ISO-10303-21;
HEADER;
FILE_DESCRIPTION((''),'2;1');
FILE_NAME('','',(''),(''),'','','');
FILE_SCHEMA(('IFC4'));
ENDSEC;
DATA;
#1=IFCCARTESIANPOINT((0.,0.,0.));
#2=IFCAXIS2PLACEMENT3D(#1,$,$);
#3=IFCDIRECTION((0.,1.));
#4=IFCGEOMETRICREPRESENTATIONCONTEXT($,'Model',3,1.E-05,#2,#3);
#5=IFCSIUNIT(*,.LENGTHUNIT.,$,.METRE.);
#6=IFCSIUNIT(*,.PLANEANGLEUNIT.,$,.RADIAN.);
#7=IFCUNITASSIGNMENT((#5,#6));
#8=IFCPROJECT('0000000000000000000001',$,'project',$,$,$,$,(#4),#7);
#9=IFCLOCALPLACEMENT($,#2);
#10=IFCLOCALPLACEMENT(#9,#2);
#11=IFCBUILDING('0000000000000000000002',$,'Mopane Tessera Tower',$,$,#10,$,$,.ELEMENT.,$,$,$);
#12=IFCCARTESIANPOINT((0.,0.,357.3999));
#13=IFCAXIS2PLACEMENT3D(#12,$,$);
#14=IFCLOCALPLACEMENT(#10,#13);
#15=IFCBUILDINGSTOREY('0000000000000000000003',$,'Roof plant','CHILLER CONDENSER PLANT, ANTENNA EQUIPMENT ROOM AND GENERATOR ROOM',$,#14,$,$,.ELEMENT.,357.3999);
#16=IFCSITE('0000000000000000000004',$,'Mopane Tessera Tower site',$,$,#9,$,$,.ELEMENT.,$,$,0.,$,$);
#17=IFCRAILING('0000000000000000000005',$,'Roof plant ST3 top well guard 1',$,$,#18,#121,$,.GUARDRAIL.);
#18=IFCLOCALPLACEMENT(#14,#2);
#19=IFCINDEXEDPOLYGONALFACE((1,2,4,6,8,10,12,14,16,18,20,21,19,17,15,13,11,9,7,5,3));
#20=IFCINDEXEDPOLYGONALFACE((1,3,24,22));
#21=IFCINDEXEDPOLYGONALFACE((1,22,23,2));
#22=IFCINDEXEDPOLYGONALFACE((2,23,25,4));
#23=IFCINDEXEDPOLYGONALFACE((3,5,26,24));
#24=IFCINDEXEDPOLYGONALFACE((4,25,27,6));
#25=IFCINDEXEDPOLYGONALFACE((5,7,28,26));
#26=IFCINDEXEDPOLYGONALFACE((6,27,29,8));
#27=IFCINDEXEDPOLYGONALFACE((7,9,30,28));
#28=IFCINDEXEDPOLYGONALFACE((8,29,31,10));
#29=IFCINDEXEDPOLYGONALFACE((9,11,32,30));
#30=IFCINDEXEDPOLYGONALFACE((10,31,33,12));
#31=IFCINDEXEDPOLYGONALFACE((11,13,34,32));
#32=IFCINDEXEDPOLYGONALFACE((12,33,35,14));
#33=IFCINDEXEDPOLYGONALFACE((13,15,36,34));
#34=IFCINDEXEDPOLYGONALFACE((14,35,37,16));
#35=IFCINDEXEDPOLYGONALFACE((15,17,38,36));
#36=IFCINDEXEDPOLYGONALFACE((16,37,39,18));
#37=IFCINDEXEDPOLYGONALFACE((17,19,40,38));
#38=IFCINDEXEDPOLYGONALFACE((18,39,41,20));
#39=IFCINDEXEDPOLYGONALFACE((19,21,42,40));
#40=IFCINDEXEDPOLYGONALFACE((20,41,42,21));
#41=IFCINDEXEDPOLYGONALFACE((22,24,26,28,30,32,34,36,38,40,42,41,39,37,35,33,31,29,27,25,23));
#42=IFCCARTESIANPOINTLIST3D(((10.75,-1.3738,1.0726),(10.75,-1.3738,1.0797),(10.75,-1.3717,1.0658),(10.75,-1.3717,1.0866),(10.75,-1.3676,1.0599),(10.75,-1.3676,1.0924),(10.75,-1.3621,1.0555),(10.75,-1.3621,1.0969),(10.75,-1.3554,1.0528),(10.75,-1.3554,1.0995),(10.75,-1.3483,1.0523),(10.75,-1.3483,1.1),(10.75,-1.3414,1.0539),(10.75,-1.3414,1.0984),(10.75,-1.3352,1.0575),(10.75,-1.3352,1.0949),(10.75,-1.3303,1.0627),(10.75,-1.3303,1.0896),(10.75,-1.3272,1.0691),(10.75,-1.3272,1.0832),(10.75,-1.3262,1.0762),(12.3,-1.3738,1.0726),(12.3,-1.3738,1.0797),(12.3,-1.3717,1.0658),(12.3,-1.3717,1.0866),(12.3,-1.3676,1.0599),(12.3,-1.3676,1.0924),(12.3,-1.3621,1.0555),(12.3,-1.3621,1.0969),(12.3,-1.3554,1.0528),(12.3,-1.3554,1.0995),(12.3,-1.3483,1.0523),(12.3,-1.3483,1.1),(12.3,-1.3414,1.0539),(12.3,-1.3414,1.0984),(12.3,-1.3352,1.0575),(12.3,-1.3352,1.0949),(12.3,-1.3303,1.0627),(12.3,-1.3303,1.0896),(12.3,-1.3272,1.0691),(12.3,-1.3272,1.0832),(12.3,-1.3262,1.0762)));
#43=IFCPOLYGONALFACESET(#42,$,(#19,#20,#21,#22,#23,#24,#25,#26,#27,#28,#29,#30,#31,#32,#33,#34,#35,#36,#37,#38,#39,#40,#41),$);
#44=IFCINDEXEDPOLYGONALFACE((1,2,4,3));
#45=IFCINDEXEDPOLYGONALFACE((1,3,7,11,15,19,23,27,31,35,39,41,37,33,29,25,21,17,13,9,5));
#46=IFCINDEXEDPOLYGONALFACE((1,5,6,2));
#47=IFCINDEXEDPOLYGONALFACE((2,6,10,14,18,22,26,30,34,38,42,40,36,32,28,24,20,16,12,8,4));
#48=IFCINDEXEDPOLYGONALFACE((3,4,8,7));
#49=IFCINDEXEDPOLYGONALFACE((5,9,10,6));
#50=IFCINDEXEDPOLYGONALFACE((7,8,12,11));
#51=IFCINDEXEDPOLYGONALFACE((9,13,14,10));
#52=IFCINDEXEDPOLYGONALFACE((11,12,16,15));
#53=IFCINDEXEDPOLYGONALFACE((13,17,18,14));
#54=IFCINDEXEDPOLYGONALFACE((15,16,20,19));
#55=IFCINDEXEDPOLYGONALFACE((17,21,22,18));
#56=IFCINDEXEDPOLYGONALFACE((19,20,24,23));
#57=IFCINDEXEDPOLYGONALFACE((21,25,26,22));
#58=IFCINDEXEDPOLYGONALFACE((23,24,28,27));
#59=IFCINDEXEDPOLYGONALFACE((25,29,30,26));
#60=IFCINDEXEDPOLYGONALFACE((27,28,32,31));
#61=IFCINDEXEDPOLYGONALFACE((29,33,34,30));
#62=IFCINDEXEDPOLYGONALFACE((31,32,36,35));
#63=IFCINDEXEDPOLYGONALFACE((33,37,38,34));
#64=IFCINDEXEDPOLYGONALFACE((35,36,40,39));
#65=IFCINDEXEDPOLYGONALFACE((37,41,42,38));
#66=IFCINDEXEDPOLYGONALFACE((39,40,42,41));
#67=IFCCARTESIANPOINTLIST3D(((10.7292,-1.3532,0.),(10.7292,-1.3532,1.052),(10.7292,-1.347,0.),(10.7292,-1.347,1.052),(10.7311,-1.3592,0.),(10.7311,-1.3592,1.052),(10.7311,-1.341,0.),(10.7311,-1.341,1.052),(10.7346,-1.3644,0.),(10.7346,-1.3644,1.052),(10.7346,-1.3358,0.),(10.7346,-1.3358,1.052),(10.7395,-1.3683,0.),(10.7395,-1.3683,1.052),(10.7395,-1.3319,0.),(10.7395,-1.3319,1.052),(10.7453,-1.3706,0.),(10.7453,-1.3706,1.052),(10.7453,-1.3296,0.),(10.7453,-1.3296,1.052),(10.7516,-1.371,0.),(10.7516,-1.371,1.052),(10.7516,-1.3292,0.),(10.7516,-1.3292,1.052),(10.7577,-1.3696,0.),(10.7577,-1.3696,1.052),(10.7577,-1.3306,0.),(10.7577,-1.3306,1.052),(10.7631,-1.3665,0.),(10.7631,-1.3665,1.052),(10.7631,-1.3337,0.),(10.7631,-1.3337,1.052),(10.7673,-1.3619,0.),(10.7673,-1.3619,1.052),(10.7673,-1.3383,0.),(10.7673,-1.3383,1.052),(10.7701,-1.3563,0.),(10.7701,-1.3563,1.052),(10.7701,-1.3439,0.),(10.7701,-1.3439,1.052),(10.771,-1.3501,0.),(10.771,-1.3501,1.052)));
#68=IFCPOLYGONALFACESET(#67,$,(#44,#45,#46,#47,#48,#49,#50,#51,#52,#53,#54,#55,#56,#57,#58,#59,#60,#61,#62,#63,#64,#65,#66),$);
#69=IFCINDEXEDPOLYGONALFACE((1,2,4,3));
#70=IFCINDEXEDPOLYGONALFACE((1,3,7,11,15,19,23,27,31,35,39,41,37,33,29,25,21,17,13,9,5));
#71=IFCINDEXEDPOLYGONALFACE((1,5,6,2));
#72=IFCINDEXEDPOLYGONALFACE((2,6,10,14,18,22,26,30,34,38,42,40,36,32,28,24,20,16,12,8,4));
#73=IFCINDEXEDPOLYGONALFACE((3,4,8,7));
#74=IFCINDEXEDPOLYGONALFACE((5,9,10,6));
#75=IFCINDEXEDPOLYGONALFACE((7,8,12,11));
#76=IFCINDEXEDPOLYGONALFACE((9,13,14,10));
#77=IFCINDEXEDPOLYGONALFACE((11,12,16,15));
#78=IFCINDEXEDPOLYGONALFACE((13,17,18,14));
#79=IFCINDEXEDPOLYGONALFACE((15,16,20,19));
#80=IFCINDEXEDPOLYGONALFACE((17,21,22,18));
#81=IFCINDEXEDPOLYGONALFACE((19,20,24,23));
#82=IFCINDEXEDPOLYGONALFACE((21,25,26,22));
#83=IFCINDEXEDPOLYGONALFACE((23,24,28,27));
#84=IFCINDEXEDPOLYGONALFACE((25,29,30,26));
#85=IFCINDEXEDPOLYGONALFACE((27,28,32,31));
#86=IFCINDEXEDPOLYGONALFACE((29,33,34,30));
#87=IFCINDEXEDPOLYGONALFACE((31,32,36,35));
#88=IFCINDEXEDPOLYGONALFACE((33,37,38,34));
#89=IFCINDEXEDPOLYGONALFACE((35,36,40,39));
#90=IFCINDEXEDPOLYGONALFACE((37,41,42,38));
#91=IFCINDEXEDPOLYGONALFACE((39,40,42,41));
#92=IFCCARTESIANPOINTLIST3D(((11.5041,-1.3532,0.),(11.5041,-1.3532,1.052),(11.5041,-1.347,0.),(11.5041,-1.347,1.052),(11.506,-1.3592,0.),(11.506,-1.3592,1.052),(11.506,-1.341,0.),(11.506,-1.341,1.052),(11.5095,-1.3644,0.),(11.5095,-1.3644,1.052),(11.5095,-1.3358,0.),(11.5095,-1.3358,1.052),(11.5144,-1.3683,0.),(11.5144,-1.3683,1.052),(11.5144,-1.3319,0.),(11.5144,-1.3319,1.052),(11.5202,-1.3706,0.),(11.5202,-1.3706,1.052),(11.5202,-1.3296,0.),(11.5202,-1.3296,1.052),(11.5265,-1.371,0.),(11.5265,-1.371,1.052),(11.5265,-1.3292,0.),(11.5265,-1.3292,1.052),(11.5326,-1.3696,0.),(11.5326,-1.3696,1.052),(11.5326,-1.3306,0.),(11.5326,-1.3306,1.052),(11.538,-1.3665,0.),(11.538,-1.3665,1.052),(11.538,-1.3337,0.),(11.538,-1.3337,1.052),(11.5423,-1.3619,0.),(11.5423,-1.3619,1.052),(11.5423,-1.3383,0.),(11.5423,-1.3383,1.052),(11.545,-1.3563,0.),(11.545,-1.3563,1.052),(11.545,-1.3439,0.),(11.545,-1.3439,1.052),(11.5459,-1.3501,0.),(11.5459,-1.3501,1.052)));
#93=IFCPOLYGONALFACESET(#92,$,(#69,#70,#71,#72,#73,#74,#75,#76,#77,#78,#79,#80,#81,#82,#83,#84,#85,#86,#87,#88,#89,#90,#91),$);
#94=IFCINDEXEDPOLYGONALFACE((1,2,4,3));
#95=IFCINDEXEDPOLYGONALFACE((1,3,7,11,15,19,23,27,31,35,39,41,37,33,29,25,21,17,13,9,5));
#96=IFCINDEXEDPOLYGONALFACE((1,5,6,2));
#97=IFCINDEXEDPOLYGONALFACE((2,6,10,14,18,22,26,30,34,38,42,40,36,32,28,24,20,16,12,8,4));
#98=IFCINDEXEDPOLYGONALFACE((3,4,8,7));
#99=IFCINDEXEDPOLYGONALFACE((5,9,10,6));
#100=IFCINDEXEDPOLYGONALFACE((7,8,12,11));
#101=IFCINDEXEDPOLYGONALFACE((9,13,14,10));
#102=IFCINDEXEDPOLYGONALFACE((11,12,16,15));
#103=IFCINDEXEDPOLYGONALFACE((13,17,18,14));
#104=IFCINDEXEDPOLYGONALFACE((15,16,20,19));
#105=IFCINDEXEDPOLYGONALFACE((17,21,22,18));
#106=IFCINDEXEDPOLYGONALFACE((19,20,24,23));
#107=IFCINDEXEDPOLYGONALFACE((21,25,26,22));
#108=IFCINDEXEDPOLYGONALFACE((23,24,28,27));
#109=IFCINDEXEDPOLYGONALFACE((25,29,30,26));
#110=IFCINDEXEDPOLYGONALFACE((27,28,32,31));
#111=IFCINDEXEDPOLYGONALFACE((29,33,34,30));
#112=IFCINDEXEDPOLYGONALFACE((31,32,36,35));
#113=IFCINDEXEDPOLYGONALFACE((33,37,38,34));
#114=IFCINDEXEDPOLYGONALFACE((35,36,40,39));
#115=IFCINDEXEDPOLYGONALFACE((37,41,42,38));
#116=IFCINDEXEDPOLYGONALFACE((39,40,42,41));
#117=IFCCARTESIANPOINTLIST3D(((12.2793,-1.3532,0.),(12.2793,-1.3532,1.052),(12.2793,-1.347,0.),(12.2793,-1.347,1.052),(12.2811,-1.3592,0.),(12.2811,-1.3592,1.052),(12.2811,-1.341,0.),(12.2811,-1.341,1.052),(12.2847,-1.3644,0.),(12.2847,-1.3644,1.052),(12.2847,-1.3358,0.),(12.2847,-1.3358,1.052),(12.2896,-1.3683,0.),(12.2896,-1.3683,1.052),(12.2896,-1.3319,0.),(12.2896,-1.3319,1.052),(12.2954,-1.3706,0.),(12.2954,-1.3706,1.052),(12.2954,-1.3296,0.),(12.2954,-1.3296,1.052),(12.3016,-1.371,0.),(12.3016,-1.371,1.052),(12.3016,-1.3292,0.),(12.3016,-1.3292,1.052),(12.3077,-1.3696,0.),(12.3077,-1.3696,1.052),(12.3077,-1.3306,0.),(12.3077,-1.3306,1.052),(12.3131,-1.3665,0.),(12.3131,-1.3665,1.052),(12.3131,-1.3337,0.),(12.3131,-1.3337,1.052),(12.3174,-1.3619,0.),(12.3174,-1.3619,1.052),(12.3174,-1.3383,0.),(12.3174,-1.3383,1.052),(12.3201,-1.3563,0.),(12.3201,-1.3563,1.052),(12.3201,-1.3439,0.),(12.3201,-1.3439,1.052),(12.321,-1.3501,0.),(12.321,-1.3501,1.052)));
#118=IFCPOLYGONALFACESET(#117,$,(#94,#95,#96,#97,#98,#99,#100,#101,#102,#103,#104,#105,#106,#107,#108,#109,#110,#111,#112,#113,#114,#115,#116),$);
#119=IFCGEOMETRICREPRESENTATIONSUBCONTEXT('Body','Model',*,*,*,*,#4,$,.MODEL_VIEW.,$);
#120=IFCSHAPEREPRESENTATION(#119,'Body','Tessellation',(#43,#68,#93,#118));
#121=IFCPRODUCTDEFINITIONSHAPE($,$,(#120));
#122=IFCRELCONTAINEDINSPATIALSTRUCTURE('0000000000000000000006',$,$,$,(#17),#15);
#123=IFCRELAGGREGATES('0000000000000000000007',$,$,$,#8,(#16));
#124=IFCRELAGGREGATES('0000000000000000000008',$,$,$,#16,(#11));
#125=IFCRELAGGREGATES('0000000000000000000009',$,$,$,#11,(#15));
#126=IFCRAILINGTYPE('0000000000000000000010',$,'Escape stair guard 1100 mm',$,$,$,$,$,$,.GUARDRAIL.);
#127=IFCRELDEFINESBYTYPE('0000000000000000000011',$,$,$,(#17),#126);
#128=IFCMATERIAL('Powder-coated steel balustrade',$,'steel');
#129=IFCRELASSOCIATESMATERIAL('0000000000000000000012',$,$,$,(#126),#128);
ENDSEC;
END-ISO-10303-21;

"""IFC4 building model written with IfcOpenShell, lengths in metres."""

from ifc_helpers import new_model, si_unit, direction, frame, origin, origin_2d, place, context, subcontext, project, spatial, circle, extrude, material, type_object, element, save


model = new_model("IFC4")

# Units and contexts
model_context = context("Model", 3, precision=1e-05, world=origin(), true_north=direction((0.0, 1.0)))
body_context = subcontext(model_context, "Body", "Model", "MODEL_VIEW")
ifc_project = project(units=[si_unit("LENGTHUNIT", "METRE"), si_unit("PLANEANGLEUNIT", "RADIAN")], contexts=[model_context])

# Site, building, storey
site_placement = place(None, origin())
site = spatial("IfcSite", under=ifc_project, at=site_placement, Name="Mopane Tessera Tower site", CompositionType="ELEMENT", RefElevation=0.0)
building_placement = place(site_placement, origin())
building = spatial("IfcBuilding", under=site, at=building_placement, Name="Mopane Tessera Tower", CompositionType="ELEMENT")
storey_placement = place(building_placement, frame((0.0, 0.0, 357.3999)))
storey = spatial("IfcBuildingStorey", under=building, at=storey_placement, Name="Roof plant", Description="CHILLER CONDENSER PLANT, ANTENNA EQUIPMENT ROOM AND GENERATOR ROOM", CompositionType="ELEMENT", Elevation=357.3999)

# Railing
ifc_material_1 = material(Name="Powder-coated steel balustrade", Category="steel")
railing_type = type_object("IfcRailingType", Name="Escape stair guard 1100 mm", PredefinedType="GUARDRAIL", material=ifc_material_1)
railing_placement = place(storey_placement, frame((10.75, -1.3501, 0.0)))
element("IfcRailing", 1, at=railing_placement, inside=storey, type_object=railing_type, Name="Roof plant ST3 top well guard 1", PredefinedType="GUARDRAIL", context=body_context, shape_type="SweptSolid", body=[
    extrude(circle(Radius=0.0239, at=origin_2d()), frame((0.0, 0.0, 1.0762), z_axis=(1.0, 0.0, 0.0), x_axis=(0.0, 1.0, 0.0)), (0.0, 0.0, 1.0), 1.55),
    extrude(circle(Radius=0.021, at=origin_2d()), origin(), (0.0, 0.0, 1.0), 1.052),
    extrude(circle(Radius=0.021, at=origin_2d()), frame((0.7749, 0.0, 0.0)), (0.0, 0.0, 1.0), 1.052),
    extrude(circle(Radius=0.021, at=origin_2d()), frame((1.55, 0.0, 0.0)), (0.0, 0.0, 1.0), 1.052),
])

save(model, "model.ifc")
